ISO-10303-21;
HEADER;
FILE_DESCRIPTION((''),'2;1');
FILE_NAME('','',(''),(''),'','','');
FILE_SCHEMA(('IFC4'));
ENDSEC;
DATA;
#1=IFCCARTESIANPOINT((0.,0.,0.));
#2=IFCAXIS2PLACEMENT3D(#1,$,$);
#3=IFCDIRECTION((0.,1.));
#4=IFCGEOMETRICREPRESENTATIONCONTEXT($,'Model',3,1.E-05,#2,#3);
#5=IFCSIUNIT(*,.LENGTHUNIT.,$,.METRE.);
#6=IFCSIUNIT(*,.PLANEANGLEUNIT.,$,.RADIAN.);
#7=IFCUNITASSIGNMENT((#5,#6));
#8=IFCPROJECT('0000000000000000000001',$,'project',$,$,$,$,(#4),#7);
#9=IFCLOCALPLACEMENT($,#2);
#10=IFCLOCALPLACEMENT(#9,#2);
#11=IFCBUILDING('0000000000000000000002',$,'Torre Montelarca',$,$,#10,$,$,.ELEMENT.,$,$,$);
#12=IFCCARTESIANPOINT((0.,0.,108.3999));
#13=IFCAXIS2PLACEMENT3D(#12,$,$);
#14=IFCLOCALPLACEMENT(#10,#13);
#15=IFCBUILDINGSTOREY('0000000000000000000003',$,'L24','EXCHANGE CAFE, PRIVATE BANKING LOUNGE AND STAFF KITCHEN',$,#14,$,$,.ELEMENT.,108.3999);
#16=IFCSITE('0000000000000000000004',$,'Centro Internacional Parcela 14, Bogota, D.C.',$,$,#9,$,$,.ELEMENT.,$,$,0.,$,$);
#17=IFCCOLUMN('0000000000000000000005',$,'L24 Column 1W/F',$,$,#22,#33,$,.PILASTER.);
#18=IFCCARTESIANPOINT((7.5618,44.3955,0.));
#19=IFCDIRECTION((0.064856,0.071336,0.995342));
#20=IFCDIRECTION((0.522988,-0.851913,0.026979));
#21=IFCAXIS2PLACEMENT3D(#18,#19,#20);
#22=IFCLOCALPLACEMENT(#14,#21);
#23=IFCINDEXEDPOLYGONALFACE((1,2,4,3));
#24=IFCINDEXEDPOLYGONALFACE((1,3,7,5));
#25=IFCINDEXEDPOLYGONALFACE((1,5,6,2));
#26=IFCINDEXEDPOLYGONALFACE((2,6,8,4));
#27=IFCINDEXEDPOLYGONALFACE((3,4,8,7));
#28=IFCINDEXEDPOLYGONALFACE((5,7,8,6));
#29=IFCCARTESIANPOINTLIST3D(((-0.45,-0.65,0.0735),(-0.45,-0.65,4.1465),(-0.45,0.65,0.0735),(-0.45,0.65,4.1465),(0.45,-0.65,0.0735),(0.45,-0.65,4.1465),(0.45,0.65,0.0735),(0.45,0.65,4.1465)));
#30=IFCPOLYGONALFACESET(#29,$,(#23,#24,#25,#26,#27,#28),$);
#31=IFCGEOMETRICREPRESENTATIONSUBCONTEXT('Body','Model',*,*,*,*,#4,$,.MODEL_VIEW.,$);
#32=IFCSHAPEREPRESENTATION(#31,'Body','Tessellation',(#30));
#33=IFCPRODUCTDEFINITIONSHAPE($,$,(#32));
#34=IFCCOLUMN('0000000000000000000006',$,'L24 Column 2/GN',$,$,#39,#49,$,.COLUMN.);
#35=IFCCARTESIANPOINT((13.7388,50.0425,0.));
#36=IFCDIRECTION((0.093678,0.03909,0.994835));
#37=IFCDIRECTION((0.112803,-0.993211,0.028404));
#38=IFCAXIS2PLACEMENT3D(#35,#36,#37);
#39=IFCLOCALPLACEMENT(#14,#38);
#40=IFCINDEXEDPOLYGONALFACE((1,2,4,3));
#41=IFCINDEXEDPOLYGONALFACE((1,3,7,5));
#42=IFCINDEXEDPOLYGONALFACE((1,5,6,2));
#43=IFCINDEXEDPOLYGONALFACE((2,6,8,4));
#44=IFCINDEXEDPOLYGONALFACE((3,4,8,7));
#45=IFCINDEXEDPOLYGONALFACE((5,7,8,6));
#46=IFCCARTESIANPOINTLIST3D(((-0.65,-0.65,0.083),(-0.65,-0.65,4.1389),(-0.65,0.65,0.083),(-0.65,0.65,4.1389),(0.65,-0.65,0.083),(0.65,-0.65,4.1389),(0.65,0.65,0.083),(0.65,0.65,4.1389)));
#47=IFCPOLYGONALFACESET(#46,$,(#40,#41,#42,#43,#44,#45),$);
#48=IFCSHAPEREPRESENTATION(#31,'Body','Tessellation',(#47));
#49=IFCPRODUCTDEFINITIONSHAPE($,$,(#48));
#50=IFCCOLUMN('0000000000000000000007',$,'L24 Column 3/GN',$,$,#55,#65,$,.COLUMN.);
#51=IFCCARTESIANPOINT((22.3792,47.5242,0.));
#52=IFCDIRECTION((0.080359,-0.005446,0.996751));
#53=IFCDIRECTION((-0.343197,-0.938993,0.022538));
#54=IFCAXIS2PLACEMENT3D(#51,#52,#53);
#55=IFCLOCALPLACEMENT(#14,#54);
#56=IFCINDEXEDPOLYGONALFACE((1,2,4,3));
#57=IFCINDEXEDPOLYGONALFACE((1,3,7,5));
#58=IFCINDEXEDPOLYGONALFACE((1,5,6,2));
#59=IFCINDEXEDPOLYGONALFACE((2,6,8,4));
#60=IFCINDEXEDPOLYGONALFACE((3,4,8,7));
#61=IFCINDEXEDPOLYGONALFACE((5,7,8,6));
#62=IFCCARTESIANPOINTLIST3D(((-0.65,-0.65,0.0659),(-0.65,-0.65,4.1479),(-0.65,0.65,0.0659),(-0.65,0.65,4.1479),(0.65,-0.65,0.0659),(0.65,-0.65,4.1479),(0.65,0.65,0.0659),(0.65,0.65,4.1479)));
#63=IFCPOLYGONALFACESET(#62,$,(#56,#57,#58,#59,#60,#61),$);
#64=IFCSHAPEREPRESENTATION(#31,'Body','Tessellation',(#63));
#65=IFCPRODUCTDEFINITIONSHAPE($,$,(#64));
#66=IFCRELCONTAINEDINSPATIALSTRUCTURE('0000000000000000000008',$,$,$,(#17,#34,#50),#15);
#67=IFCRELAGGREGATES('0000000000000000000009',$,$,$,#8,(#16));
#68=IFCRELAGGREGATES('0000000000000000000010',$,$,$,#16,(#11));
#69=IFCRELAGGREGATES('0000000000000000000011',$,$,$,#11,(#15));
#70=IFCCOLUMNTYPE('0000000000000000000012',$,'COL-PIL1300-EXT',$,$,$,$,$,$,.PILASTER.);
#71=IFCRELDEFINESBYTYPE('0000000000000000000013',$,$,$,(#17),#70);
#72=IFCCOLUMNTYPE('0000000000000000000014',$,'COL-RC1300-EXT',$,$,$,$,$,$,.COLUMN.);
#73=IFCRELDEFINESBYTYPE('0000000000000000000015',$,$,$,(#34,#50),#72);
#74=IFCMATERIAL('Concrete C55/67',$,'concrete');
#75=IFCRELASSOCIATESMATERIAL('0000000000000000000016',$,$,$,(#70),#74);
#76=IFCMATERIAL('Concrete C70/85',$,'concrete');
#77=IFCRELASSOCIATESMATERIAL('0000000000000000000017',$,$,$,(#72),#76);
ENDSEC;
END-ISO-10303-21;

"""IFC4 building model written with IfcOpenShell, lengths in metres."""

from ifc_helpers import new_model, si_unit, direction, frame, origin, origin_2d, place, context, subcontext, project, spatial, rectangle, extrude, clip, halfspace, material, material_profile, profile_set, type_object, element, save


model = new_model("IFC4")

# Units and contexts
model_context = context("Model", 3, precision=1e-05, world=origin(), true_north=direction((0.0, 1.0)))
body_context = subcontext(model_context, "Body", "Model", "MODEL_VIEW")
ifc_project = project(units=[si_unit("LENGTHUNIT", "METRE"), si_unit("PLANEANGLEUNIT", "RADIAN")], contexts=[model_context])

# Site, building, storey
site_placement = place(None, origin())
site = spatial("IfcSite", under=ifc_project, at=site_placement, Name="Centro Internacional Parcela 14, Bogota, D.C.", CompositionType="ELEMENT", RefElevation=0.0)
building_placement = place(site_placement, origin())
building = spatial("IfcBuilding", under=site, at=building_placement, Name="Torre Montelarca", CompositionType="ELEMENT")
storey_placement = place(building_placement, frame((0.0, 0.0, 108.3999)))
storey = spatial("IfcBuildingStorey", under=building, at=storey_placement, Name="L24", Description="EXCHANGE CAFE, PRIVATE BANKING LOUNGE AND STAFF KITCHEN", CompositionType="ELEMENT", Elevation=108.3999)

# Columns
ifc_material_1 = material(Name="Concrete C55/67", Category="concrete")
ifc_material_profile_1 = material_profile(ifc_material_1, rectangle(XDim=0.8999, YDim=1.3, at=origin_2d()), Name="RC1300X900", Category="concrete")
ifc_profile_set_1 = profile_set([ifc_material_profile_1], Name="Concrete C55/67")
column_type_1 = type_object("IfcColumnType", Name="COL-PIL1300-EXT", PredefinedType="PILASTER", material=ifc_profile_set_1)
column_1_placement = place(storey_placement, frame((7.5618, 44.3955, 0.0), z_axis=(0.064856, 0.071336, 0.995342), x_axis=(0.522988, -0.851913, 0.026979)))
element("IfcColumn", 1, at=column_1_placement, inside=storey, type_object=column_type_1, Name="L24 Column 1W/F", PredefinedType="PILASTER", context=body_context, shape_type="Clipping", body=[
    clip(clip(extrude(rectangle(XDim=0.8999, YDim=1.3, at=origin_2d()), origin(), (0.0, 0.0, 1.0), 4.22), halfspace(frame((0.0, 0.0, 0.0735), z_axis=(0.0, 0.0, -1.0), x_axis=(1.0, 0.0, 0.0)), False)), halfspace(frame((0.0, 0.0, 4.1465), z_axis=(0.0, 0.0, 1.0), x_axis=(1.0, 0.0, 0.0)), False)),
])
ifc_material_2 = material(Name="Concrete C70/85", Category="concrete")
ifc_material_profile_2 = material_profile(ifc_material_2, rectangle(XDim=1.3, YDim=1.3, at=origin_2d()), Name="RC1300X1300", Category="concrete")
ifc_profile_set_2 = profile_set([ifc_material_profile_2], Name="Concrete C70/85")
column_type_2 = type_object("IfcColumnType", Name="COL-RC1300-EXT", PredefinedType="COLUMN", material=ifc_profile_set_2)
column_2_placement = place(storey_placement, frame((13.7388, 50.0425, 0.0), z_axis=(0.093678, 0.03909, 0.994835), x_axis=(0.112803, -0.993211, 0.028404)))
element("IfcColumn", 2, at=column_2_placement, inside=storey, type_object=column_type_2, Name="L24 Column 2/GN", PredefinedType="COLUMN", context=body_context, shape_type="Clipping", body=[
    clip(clip(extrude(rectangle(XDim=1.3, YDim=1.3, at=origin_2d()), origin(), (0.0, 0.0, 1.0), 4.2219), halfspace(frame((0.0, 0.0, 0.083), z_axis=(0.0, 0.0, -1.0), x_axis=(1.0, 0.0, 0.0)), False)), halfspace(frame((0.0, 0.0, 4.1389), z_axis=(0.0, 0.0, 1.0), x_axis=(1.0, 0.0, 0.0)), False)),
])
column_3_placement = place(storey_placement, frame((22.3792, 47.5242, 0.0), z_axis=(0.080359, -0.005446, 0.996751), x_axis=(-0.343197, -0.938993, 0.022538)))
element("IfcColumn", 3, at=column_3_placement, inside=storey, type_object=column_type_2, Name="L24 Column 3/GN", PredefinedType="COLUMN", context=body_context, shape_type="Clipping", body=[
    clip(clip(extrude(rectangle(XDim=1.3, YDim=1.3, at=origin_2d()), origin(), (0.0, 0.0, 1.0), 4.2139), halfspace(frame((0.0, 0.0, 0.0659), z_axis=(0.0, 0.0, -1.0), x_axis=(1.0, 0.0, 0.0)), False)), halfspace(frame((0.0, 0.0, 4.1479), z_axis=(0.0, 0.0, 1.0), x_axis=(1.0, 0.0, 0.0)), False)),
])

save(model, "model.ifc")
